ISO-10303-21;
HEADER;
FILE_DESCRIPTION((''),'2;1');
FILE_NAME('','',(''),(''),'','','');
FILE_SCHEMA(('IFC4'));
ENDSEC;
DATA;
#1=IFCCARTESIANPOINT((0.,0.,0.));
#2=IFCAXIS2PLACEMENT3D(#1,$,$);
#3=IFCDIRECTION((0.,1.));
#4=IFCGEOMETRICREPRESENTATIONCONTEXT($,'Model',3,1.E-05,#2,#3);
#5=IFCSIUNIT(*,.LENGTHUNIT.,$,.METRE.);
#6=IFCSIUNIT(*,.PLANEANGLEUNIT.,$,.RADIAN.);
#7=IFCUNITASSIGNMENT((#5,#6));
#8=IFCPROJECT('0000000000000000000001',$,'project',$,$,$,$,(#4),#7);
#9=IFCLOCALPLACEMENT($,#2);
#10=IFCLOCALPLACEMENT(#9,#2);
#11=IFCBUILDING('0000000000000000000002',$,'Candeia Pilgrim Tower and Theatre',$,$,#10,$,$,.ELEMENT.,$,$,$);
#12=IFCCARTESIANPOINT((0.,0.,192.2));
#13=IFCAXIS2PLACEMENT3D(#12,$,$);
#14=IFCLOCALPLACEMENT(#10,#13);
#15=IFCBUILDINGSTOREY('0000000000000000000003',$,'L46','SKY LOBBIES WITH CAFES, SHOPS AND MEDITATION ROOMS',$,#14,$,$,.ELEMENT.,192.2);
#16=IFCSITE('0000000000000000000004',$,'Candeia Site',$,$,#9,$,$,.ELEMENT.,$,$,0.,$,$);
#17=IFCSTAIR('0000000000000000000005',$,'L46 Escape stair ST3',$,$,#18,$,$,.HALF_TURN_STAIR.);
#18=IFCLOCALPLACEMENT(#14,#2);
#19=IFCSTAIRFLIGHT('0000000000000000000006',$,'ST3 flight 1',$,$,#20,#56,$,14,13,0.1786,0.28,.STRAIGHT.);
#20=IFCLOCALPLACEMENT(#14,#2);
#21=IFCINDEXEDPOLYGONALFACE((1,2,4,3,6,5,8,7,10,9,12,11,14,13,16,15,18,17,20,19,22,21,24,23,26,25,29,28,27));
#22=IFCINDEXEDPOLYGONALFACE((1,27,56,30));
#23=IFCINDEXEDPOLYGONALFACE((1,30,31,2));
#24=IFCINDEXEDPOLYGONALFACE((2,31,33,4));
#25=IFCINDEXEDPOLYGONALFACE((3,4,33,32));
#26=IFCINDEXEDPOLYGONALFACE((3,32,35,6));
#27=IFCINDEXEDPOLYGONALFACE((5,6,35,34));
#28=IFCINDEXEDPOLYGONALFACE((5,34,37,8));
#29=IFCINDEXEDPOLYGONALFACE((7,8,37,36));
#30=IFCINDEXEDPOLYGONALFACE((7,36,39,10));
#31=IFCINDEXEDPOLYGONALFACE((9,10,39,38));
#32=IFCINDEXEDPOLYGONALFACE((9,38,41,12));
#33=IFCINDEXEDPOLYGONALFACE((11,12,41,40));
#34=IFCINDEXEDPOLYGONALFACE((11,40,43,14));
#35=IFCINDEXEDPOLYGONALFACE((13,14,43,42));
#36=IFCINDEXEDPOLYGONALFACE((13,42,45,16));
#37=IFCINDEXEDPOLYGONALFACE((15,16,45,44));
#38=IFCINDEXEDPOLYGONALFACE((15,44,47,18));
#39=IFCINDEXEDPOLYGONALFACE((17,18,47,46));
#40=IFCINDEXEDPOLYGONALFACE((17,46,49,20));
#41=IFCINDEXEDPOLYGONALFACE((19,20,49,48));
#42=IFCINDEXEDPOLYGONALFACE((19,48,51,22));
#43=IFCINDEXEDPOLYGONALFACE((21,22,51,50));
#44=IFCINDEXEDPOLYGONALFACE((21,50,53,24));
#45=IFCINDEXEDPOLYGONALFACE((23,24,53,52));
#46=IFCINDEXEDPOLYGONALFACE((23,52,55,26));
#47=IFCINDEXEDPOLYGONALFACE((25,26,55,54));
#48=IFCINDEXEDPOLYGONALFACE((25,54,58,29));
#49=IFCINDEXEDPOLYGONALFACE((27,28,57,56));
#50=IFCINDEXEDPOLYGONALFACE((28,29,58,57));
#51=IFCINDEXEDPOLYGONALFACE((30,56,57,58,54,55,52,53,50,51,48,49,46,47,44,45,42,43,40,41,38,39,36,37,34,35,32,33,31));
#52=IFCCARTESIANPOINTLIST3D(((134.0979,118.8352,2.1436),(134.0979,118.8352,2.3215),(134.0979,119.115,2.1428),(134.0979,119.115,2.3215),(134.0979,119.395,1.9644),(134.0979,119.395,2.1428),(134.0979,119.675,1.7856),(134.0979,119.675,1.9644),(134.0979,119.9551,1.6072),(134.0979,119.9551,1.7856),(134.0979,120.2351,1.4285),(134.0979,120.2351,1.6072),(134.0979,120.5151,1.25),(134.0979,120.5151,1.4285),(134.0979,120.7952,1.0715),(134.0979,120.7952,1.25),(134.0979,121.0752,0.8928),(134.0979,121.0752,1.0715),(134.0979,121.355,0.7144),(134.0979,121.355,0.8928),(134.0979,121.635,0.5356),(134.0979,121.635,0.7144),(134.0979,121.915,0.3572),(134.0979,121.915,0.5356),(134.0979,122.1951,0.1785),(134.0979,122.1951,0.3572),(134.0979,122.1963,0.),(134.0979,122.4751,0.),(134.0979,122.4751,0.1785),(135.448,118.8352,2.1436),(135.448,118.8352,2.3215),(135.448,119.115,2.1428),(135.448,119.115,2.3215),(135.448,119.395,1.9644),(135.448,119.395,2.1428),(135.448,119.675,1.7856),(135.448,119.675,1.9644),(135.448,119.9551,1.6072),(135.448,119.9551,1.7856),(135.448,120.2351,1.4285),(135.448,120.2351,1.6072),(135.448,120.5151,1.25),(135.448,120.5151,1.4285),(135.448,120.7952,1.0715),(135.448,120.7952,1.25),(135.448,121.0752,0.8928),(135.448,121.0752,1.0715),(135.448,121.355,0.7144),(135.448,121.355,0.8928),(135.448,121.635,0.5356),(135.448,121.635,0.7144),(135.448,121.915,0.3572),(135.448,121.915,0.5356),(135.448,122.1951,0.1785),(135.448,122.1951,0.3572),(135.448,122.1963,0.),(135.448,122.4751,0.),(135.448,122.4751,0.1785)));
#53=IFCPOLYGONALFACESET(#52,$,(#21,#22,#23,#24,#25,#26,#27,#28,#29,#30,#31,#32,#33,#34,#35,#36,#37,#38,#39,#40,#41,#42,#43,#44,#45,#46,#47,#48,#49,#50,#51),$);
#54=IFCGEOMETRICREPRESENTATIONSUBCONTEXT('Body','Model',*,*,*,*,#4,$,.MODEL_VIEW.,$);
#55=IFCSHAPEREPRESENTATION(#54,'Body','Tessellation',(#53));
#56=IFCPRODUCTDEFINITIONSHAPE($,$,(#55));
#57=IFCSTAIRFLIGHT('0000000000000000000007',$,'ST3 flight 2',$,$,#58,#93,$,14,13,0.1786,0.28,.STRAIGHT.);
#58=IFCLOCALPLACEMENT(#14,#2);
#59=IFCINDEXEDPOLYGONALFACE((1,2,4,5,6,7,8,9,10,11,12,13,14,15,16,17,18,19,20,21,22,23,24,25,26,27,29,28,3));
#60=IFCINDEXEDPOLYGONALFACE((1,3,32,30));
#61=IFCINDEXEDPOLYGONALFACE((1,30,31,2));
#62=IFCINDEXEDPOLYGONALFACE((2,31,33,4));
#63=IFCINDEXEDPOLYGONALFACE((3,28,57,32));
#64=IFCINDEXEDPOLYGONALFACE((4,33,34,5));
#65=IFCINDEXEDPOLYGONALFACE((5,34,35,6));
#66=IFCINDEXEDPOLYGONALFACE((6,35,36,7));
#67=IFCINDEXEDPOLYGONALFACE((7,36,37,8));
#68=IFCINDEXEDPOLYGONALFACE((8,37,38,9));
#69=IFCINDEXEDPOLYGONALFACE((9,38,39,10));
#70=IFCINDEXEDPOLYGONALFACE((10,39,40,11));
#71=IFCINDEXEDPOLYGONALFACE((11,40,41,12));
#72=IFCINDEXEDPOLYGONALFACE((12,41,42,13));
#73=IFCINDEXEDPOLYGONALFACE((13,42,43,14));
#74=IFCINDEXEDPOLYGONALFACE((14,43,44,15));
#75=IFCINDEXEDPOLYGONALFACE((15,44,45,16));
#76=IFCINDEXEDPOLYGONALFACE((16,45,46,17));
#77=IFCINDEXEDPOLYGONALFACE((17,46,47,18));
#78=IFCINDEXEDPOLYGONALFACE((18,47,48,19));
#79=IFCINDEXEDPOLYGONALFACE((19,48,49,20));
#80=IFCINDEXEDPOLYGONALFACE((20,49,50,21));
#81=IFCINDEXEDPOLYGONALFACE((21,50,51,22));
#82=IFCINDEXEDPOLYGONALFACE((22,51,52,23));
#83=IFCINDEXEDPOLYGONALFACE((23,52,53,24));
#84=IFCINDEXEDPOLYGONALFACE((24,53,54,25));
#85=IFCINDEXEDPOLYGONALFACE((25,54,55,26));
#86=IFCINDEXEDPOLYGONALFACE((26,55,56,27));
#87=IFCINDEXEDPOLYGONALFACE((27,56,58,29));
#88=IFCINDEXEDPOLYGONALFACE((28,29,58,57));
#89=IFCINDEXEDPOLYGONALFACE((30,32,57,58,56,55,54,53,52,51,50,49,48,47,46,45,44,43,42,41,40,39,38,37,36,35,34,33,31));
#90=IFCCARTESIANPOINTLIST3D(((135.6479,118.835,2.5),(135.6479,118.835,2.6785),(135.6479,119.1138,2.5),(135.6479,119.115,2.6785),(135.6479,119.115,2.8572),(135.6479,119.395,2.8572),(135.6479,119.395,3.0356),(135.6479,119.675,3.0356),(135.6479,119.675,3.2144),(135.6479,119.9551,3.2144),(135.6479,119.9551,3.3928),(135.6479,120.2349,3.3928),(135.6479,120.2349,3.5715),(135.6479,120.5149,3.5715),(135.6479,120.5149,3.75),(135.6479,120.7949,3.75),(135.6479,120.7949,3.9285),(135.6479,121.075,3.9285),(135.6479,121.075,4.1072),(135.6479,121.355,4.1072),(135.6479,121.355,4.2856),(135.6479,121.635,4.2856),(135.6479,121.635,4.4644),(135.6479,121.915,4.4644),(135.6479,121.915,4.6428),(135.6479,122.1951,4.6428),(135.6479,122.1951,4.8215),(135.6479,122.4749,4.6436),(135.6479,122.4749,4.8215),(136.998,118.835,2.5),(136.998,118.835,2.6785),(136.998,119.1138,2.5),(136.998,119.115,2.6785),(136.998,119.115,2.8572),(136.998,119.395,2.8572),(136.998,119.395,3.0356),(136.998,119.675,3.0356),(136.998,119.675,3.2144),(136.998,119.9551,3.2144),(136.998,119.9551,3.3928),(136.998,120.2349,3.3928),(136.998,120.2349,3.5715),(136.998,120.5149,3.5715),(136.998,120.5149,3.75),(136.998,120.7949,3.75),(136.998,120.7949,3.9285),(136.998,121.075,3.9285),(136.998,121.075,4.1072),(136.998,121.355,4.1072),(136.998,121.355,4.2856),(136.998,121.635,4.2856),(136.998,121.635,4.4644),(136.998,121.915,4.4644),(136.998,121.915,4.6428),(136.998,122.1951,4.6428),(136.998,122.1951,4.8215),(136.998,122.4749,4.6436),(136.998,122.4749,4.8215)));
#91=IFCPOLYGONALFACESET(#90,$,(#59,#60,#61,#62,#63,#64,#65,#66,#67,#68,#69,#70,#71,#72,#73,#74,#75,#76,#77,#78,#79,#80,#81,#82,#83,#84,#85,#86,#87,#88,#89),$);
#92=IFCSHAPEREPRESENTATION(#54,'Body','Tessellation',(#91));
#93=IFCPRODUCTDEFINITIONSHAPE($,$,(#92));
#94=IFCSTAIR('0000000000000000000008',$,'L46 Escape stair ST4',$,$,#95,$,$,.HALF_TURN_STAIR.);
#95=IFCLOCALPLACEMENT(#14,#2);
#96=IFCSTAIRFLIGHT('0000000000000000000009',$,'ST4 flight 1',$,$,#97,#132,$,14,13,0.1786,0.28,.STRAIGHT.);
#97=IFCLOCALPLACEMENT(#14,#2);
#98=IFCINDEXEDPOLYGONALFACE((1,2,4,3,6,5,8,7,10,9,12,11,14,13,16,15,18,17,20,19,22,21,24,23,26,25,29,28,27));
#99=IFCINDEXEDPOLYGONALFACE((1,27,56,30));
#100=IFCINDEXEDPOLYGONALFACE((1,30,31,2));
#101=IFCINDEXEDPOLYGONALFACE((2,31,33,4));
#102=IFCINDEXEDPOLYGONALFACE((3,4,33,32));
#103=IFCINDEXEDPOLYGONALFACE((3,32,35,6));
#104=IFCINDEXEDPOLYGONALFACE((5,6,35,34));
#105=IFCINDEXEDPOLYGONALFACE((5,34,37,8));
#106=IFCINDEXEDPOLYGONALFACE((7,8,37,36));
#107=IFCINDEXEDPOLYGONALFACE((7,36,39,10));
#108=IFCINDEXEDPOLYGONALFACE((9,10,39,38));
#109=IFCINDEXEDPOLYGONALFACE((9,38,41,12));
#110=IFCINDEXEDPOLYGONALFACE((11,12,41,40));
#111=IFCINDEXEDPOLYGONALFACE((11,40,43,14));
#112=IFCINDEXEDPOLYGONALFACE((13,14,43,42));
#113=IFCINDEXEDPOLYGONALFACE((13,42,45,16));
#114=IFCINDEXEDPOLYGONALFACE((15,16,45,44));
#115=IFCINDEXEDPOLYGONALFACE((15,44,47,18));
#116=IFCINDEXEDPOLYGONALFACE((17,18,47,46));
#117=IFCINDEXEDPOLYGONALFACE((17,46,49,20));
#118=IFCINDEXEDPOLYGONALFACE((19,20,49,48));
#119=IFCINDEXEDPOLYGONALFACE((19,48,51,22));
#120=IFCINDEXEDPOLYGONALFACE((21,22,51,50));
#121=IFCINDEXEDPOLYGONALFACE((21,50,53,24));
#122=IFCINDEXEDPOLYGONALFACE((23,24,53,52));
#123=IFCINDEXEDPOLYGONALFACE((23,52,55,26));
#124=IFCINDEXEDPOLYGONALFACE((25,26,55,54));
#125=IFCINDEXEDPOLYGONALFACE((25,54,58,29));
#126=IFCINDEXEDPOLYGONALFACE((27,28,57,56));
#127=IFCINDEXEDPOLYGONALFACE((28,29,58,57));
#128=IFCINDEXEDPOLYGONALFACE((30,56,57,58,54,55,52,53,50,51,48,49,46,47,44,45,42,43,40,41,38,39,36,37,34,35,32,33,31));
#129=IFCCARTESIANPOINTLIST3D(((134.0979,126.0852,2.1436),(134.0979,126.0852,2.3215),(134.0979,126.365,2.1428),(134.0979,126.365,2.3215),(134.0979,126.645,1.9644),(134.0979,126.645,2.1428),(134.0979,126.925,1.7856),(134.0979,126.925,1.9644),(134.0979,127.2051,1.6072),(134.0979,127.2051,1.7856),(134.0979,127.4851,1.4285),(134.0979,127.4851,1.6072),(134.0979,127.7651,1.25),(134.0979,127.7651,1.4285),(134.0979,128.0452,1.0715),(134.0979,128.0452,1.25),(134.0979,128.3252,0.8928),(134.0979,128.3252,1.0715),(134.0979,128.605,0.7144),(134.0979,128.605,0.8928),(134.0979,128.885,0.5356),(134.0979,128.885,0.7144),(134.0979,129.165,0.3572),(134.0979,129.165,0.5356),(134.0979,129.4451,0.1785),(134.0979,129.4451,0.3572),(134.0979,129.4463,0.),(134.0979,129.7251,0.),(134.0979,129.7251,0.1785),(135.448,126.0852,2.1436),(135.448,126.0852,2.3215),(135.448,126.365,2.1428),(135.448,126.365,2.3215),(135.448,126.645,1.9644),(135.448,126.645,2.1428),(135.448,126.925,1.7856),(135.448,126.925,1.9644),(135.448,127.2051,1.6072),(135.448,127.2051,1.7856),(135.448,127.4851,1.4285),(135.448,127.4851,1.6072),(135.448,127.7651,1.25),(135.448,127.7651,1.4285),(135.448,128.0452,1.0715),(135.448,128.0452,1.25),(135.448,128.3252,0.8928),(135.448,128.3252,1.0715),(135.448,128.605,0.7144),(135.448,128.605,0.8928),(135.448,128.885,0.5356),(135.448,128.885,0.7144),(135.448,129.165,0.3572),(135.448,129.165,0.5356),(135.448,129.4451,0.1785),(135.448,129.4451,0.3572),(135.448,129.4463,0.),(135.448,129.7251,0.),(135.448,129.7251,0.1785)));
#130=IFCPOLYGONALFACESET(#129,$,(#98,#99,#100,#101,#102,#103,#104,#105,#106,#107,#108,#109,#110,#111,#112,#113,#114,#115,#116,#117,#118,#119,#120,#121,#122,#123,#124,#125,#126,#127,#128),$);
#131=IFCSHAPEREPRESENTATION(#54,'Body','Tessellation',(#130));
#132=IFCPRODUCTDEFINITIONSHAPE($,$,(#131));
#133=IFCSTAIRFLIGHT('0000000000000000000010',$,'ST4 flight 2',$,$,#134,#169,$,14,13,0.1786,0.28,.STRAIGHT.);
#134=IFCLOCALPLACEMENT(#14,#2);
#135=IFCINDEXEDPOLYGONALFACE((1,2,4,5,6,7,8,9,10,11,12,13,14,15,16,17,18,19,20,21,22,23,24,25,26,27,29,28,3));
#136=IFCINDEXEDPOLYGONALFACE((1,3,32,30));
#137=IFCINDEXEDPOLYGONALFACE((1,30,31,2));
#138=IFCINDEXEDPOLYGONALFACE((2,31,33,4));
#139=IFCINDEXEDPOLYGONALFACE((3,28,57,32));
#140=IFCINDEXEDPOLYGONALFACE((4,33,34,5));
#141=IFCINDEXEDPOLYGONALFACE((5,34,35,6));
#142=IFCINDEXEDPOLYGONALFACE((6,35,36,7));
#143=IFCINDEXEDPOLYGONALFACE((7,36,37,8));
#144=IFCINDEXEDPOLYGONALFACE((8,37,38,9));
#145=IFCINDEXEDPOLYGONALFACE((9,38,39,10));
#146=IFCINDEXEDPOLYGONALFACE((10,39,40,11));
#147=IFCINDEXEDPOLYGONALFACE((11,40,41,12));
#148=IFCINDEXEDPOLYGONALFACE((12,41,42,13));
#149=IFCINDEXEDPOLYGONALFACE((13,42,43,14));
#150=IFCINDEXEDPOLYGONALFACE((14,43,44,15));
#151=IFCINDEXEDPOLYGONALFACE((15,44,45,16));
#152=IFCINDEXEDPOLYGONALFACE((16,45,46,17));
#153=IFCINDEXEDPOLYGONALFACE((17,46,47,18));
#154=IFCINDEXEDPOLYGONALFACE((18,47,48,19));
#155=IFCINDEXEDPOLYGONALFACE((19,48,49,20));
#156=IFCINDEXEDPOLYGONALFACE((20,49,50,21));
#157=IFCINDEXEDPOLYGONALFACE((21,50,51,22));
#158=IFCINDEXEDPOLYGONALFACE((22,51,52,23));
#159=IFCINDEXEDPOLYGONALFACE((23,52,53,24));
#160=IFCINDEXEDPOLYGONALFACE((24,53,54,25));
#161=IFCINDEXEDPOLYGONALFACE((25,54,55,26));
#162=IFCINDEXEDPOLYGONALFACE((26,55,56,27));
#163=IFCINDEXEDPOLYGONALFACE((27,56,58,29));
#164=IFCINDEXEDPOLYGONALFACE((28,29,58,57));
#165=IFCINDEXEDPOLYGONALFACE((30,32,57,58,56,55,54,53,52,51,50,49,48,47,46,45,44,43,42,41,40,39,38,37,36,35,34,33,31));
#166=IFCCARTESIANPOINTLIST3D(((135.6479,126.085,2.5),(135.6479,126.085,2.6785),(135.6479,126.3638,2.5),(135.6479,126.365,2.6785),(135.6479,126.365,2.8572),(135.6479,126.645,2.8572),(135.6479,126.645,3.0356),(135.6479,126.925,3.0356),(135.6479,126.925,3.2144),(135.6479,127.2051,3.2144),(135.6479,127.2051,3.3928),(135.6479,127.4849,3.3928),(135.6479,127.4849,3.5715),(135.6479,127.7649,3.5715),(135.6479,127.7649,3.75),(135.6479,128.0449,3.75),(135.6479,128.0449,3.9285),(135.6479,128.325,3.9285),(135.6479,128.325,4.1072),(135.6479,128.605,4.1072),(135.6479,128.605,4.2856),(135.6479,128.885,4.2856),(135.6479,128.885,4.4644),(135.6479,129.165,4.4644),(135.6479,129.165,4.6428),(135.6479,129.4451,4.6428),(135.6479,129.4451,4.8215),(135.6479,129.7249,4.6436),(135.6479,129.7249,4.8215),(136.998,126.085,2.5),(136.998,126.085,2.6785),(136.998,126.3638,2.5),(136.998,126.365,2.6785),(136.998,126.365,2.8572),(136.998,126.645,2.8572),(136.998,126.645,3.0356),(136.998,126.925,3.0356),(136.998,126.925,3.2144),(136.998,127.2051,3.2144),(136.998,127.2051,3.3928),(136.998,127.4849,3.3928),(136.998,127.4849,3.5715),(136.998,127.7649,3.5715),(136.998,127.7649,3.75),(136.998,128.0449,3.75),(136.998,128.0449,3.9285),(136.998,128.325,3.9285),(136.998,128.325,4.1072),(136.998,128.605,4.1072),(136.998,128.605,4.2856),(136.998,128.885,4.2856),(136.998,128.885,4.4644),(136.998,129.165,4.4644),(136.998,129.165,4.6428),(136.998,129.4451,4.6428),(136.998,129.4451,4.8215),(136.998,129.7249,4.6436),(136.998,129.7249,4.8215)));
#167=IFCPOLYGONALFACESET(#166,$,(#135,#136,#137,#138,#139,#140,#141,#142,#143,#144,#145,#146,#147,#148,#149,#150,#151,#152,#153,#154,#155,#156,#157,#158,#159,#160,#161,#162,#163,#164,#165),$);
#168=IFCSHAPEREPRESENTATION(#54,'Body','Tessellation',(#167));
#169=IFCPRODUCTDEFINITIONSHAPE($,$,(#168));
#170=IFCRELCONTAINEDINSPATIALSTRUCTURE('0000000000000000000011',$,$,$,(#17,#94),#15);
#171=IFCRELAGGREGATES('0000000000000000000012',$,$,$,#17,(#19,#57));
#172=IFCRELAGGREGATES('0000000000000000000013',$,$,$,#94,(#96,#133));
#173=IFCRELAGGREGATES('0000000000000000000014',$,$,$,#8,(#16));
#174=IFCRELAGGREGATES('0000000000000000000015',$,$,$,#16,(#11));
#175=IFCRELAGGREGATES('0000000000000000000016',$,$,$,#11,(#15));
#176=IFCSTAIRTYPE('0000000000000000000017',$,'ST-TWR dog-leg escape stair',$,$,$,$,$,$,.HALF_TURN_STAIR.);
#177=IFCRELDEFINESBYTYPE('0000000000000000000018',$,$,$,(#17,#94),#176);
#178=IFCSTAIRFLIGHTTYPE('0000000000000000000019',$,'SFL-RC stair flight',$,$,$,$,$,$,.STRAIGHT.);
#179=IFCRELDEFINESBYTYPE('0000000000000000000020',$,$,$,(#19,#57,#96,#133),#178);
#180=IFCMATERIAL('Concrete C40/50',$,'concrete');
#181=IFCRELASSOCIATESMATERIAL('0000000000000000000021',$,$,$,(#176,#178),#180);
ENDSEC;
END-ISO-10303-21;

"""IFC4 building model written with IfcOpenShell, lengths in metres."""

from ifc_helpers import new_model, si_unit, direction, frame, origin, place, context, subcontext, project, spatial, polyline, outline, extrude, material, type_object, element, aggregate, save


model = new_model("IFC4")

# Units and contexts
model_context = context("Model", 3, precision=1e-05, world=origin(), true_north=direction((0.0, 1.0)))
body_context = subcontext(model_context, "Body", "Model", "MODEL_VIEW")
ifc_project = project(units=[si_unit("LENGTHUNIT", "METRE"), si_unit("PLANEANGLEUNIT", "RADIAN")], contexts=[model_context])

# Site, building, storey
site_placement = place(None, origin())
site = spatial("IfcSite", under=ifc_project, at=site_placement, Name="Candeia Site", CompositionType="ELEMENT", RefElevation=0.0)
building_placement = place(site_placement, origin())
building = spatial("IfcBuilding", under=site, at=building_placement, Name="Candeia Pilgrim Tower and Theatre", CompositionType="ELEMENT")
storey_placement = place(building_placement, frame((0.0, 0.0, 192.2)))
storey = spatial("IfcBuildingStorey", under=building, at=storey_placement, Name="L46", Description="SKY LOBBIES WITH CAFES, SHOPS AND MEDITATION ROOMS", CompositionType="ELEMENT", Elevation=192.2)

# Shared definitions
ifc_material_1 = material(Name="Concrete C40/50", Category="concrete")

# Stairs, stair flights
stair_type = type_object("IfcStairType", Name="ST-TWR dog-leg escape stair", PredefinedType="HALF_TURN_STAIR", material=ifc_material_1)
stair_1_placement = place(storey_placement, origin())
stair_1 = element("IfcStair", 1, at=stair_1_placement, inside=storey, type_object=stair_type, Name="L46 Escape stair ST3", PredefinedType="HALF_TURN_STAIR")
stair_flight_type = type_object("IfcStairFlightType", Name="SFL-RC stair flight", PredefinedType="STRAIGHT", material=ifc_material_1)
stair_flight_1_placement = place(storey_placement, frame((134.7729, 122.4751, 0.0), z_axis=(0.0, 0.0, 1.0), x_axis=(0.0, -1.0, 0.0)))
stair_flight_1 = element("IfcStairFlight", 2, at=stair_flight_1_placement, type_object=stair_flight_type, Name="ST3 flight 1", NumberOfRisers=14, NumberOfTreads=13, PredefinedType="STRAIGHT", RiserHeight=0.1786, TreadLength=0.28, context=body_context, shape_type="SweptSolid", body=[
    extrude(outline(polyline([(0.0, 0.0), (0.0, 0.1785), (0.28, 0.1785), (0.28, 0.3572), (0.5601, 0.3572), (0.5601, 0.5356), (0.8401, 0.5356), (0.8401, 0.7144), (1.1201, 0.7144), (1.1201, 0.8928), (1.3999, 0.8928), (1.3999, 1.0715), (1.6799, 1.0715), (1.6799, 1.25), (1.96, 1.25), (1.96, 1.4285), (2.24, 1.4285), (2.24, 1.6072), (2.52, 1.6072), (2.52, 1.7856), (2.8, 1.7856), (2.8, 1.9644), (3.0801, 1.9644), (3.0801, 2.1428), (3.3601, 2.1428), (3.3601, 2.3215), (3.6399, 2.3215), (3.6399, 2.5), (3.6399, 2.1436), (0.2788, 0.0), (0.0, 0.0)])), frame((0.0, 0.675, 0.0), z_axis=(0.0, -1.0, 0.0), x_axis=(1.0, 0.0, 0.0)), (0.0, 0.0, 1.0), 1.3501),
])
stair_flight_2_placement = place(storey_placement, frame((136.323, 118.835, 2.5), z_axis=(0.0, 0.0, 1.0), x_axis=(0.0, 1.0, 0.0)))
stair_flight_2 = element("IfcStairFlight", 3, at=stair_flight_2_placement, type_object=stair_flight_type, Name="ST3 flight 2", NumberOfRisers=14, NumberOfTreads=13, PredefinedType="STRAIGHT", RiserHeight=0.1786, TreadLength=0.28, context=body_context, shape_type="SweptSolid", body=[
    extrude(outline(polyline([(0.0, 0.0), (0.0, 0.1785), (0.28, 0.1785), (0.28, 0.3572), (0.5601, 0.3572), (0.5601, 0.5356), (0.8401, 0.5356), (0.8401, 0.7144), (1.1201, 0.7144), (1.1201, 0.8928), (1.3999, 0.8928), (1.3999, 1.0715), (1.6799, 1.0715), (1.6799, 1.25), (1.96, 1.25), (1.96, 1.4285), (2.24, 1.4285), (2.24, 1.6072), (2.52, 1.6072), (2.52, 1.7856), (2.8, 1.7856), (2.8, 1.9644), (3.0801, 1.9644), (3.0801, 2.1428), (3.3601, 2.1428), (3.3601, 2.3215), (3.6399, 2.3215), (3.6399, 2.5), (3.6399, 2.1436), (0.2788, 0.0), (0.0, 0.0)])), frame((0.0, 0.675, 0.0), z_axis=(0.0, -1.0, 0.0), x_axis=(1.0, 0.0, 0.0)), (0.0, 0.0, 1.0), 1.3501),
])
aggregate(stair_1, [stair_flight_1, stair_flight_2])
stair_2_placement = place(storey_placement, origin())
stair_2 = element("IfcStair", 4, at=stair_2_placement, inside=storey, type_object=stair_type, Name="L46 Escape stair ST4", PredefinedType="HALF_TURN_STAIR")
stair_flight_3_placement = place(storey_placement, frame((134.7729, 129.7251, 0.0), z_axis=(0.0, 0.0, 1.0), x_axis=(0.0, -1.0, 0.0)))
stair_flight_3 = element("IfcStairFlight", 5, at=stair_flight_3_placement, type_object=stair_flight_type, Name="ST4 flight 1", NumberOfRisers=14, NumberOfTreads=13, PredefinedType="STRAIGHT", RiserHeight=0.1786, TreadLength=0.28, context=body_context, shape_type="SweptSolid", body=[
    extrude(outline(polyline([(0.0, 0.0), (0.0, 0.1785), (0.28, 0.1785), (0.28, 0.3572), (0.5601, 0.3572), (0.5601, 0.5356), (0.8401, 0.5356), (0.8401, 0.7144), (1.1201, 0.7144), (1.1201, 0.8928), (1.3999, 0.8928), (1.3999, 1.0715), (1.6799, 1.0715), (1.6799, 1.25), (1.96, 1.25), (1.96, 1.4285), (2.24, 1.4285), (2.24, 1.6072), (2.52, 1.6072), (2.52, 1.7856), (2.8, 1.7856), (2.8, 1.9644), (3.0801, 1.9644), (3.0801, 2.1428), (3.3601, 2.1428), (3.3601, 2.3215), (3.6399, 2.3215), (3.6399, 2.5), (3.6399, 2.1436), (0.2788, 0.0), (0.0, 0.0)])), frame((0.0, 0.675, 0.0), z_axis=(0.0, -1.0, 0.0), x_axis=(1.0, 0.0, 0.0)), (0.0, 0.0, 1.0), 1.3501),
])
stair_flight_4_placement = place(storey_placement, frame((136.323, 126.085, 2.5), z_axis=(0.0, 0.0, 1.0), x_axis=(0.0, 1.0, 0.0)))
stair_flight_4 = element("IfcStairFlight", 6, at=stair_flight_4_placement, type_object=stair_flight_type, Name="ST4 flight 2", NumberOfRisers=14, NumberOfTreads=13, PredefinedType="STRAIGHT", RiserHeight=0.1786, TreadLength=0.28, context=body_context, shape_type="SweptSolid", body=[
    extrude(outline(polyline([(0.0, 0.0), (0.0, 0.1785), (0.28, 0.1785), (0.28, 0.3572), (0.5601, 0.3572), (0.5601, 0.5356), (0.8401, 0.5356), (0.8401, 0.7144), (1.1201, 0.7144), (1.1201, 0.8928), (1.3999, 0.8928), (1.3999, 1.0715), (1.6799, 1.0715), (1.6799, 1.25), (1.96, 1.25), (1.96, 1.4285), (2.24, 1.4285), (2.24, 1.6072), (2.52, 1.6072), (2.52, 1.7856), (2.8, 1.7856), (2.8, 1.9644), (3.0801, 1.9644), (3.0801, 2.1428), (3.3601, 2.1428), (3.3601, 2.3215), (3.6399, 2.3215), (3.6399, 2.5), (3.6399, 2.1436), (0.2788, 0.0), (0.0, 0.0)])), frame((0.0, 0.675, 0.0), z_axis=(0.0, -1.0, 0.0), x_axis=(1.0, 0.0, 0.0)), (0.0, 0.0, 1.0), 1.3501),
])
aggregate(stair_2, [stair_flight_3, stair_flight_4])

save(model, "model.ifc")
